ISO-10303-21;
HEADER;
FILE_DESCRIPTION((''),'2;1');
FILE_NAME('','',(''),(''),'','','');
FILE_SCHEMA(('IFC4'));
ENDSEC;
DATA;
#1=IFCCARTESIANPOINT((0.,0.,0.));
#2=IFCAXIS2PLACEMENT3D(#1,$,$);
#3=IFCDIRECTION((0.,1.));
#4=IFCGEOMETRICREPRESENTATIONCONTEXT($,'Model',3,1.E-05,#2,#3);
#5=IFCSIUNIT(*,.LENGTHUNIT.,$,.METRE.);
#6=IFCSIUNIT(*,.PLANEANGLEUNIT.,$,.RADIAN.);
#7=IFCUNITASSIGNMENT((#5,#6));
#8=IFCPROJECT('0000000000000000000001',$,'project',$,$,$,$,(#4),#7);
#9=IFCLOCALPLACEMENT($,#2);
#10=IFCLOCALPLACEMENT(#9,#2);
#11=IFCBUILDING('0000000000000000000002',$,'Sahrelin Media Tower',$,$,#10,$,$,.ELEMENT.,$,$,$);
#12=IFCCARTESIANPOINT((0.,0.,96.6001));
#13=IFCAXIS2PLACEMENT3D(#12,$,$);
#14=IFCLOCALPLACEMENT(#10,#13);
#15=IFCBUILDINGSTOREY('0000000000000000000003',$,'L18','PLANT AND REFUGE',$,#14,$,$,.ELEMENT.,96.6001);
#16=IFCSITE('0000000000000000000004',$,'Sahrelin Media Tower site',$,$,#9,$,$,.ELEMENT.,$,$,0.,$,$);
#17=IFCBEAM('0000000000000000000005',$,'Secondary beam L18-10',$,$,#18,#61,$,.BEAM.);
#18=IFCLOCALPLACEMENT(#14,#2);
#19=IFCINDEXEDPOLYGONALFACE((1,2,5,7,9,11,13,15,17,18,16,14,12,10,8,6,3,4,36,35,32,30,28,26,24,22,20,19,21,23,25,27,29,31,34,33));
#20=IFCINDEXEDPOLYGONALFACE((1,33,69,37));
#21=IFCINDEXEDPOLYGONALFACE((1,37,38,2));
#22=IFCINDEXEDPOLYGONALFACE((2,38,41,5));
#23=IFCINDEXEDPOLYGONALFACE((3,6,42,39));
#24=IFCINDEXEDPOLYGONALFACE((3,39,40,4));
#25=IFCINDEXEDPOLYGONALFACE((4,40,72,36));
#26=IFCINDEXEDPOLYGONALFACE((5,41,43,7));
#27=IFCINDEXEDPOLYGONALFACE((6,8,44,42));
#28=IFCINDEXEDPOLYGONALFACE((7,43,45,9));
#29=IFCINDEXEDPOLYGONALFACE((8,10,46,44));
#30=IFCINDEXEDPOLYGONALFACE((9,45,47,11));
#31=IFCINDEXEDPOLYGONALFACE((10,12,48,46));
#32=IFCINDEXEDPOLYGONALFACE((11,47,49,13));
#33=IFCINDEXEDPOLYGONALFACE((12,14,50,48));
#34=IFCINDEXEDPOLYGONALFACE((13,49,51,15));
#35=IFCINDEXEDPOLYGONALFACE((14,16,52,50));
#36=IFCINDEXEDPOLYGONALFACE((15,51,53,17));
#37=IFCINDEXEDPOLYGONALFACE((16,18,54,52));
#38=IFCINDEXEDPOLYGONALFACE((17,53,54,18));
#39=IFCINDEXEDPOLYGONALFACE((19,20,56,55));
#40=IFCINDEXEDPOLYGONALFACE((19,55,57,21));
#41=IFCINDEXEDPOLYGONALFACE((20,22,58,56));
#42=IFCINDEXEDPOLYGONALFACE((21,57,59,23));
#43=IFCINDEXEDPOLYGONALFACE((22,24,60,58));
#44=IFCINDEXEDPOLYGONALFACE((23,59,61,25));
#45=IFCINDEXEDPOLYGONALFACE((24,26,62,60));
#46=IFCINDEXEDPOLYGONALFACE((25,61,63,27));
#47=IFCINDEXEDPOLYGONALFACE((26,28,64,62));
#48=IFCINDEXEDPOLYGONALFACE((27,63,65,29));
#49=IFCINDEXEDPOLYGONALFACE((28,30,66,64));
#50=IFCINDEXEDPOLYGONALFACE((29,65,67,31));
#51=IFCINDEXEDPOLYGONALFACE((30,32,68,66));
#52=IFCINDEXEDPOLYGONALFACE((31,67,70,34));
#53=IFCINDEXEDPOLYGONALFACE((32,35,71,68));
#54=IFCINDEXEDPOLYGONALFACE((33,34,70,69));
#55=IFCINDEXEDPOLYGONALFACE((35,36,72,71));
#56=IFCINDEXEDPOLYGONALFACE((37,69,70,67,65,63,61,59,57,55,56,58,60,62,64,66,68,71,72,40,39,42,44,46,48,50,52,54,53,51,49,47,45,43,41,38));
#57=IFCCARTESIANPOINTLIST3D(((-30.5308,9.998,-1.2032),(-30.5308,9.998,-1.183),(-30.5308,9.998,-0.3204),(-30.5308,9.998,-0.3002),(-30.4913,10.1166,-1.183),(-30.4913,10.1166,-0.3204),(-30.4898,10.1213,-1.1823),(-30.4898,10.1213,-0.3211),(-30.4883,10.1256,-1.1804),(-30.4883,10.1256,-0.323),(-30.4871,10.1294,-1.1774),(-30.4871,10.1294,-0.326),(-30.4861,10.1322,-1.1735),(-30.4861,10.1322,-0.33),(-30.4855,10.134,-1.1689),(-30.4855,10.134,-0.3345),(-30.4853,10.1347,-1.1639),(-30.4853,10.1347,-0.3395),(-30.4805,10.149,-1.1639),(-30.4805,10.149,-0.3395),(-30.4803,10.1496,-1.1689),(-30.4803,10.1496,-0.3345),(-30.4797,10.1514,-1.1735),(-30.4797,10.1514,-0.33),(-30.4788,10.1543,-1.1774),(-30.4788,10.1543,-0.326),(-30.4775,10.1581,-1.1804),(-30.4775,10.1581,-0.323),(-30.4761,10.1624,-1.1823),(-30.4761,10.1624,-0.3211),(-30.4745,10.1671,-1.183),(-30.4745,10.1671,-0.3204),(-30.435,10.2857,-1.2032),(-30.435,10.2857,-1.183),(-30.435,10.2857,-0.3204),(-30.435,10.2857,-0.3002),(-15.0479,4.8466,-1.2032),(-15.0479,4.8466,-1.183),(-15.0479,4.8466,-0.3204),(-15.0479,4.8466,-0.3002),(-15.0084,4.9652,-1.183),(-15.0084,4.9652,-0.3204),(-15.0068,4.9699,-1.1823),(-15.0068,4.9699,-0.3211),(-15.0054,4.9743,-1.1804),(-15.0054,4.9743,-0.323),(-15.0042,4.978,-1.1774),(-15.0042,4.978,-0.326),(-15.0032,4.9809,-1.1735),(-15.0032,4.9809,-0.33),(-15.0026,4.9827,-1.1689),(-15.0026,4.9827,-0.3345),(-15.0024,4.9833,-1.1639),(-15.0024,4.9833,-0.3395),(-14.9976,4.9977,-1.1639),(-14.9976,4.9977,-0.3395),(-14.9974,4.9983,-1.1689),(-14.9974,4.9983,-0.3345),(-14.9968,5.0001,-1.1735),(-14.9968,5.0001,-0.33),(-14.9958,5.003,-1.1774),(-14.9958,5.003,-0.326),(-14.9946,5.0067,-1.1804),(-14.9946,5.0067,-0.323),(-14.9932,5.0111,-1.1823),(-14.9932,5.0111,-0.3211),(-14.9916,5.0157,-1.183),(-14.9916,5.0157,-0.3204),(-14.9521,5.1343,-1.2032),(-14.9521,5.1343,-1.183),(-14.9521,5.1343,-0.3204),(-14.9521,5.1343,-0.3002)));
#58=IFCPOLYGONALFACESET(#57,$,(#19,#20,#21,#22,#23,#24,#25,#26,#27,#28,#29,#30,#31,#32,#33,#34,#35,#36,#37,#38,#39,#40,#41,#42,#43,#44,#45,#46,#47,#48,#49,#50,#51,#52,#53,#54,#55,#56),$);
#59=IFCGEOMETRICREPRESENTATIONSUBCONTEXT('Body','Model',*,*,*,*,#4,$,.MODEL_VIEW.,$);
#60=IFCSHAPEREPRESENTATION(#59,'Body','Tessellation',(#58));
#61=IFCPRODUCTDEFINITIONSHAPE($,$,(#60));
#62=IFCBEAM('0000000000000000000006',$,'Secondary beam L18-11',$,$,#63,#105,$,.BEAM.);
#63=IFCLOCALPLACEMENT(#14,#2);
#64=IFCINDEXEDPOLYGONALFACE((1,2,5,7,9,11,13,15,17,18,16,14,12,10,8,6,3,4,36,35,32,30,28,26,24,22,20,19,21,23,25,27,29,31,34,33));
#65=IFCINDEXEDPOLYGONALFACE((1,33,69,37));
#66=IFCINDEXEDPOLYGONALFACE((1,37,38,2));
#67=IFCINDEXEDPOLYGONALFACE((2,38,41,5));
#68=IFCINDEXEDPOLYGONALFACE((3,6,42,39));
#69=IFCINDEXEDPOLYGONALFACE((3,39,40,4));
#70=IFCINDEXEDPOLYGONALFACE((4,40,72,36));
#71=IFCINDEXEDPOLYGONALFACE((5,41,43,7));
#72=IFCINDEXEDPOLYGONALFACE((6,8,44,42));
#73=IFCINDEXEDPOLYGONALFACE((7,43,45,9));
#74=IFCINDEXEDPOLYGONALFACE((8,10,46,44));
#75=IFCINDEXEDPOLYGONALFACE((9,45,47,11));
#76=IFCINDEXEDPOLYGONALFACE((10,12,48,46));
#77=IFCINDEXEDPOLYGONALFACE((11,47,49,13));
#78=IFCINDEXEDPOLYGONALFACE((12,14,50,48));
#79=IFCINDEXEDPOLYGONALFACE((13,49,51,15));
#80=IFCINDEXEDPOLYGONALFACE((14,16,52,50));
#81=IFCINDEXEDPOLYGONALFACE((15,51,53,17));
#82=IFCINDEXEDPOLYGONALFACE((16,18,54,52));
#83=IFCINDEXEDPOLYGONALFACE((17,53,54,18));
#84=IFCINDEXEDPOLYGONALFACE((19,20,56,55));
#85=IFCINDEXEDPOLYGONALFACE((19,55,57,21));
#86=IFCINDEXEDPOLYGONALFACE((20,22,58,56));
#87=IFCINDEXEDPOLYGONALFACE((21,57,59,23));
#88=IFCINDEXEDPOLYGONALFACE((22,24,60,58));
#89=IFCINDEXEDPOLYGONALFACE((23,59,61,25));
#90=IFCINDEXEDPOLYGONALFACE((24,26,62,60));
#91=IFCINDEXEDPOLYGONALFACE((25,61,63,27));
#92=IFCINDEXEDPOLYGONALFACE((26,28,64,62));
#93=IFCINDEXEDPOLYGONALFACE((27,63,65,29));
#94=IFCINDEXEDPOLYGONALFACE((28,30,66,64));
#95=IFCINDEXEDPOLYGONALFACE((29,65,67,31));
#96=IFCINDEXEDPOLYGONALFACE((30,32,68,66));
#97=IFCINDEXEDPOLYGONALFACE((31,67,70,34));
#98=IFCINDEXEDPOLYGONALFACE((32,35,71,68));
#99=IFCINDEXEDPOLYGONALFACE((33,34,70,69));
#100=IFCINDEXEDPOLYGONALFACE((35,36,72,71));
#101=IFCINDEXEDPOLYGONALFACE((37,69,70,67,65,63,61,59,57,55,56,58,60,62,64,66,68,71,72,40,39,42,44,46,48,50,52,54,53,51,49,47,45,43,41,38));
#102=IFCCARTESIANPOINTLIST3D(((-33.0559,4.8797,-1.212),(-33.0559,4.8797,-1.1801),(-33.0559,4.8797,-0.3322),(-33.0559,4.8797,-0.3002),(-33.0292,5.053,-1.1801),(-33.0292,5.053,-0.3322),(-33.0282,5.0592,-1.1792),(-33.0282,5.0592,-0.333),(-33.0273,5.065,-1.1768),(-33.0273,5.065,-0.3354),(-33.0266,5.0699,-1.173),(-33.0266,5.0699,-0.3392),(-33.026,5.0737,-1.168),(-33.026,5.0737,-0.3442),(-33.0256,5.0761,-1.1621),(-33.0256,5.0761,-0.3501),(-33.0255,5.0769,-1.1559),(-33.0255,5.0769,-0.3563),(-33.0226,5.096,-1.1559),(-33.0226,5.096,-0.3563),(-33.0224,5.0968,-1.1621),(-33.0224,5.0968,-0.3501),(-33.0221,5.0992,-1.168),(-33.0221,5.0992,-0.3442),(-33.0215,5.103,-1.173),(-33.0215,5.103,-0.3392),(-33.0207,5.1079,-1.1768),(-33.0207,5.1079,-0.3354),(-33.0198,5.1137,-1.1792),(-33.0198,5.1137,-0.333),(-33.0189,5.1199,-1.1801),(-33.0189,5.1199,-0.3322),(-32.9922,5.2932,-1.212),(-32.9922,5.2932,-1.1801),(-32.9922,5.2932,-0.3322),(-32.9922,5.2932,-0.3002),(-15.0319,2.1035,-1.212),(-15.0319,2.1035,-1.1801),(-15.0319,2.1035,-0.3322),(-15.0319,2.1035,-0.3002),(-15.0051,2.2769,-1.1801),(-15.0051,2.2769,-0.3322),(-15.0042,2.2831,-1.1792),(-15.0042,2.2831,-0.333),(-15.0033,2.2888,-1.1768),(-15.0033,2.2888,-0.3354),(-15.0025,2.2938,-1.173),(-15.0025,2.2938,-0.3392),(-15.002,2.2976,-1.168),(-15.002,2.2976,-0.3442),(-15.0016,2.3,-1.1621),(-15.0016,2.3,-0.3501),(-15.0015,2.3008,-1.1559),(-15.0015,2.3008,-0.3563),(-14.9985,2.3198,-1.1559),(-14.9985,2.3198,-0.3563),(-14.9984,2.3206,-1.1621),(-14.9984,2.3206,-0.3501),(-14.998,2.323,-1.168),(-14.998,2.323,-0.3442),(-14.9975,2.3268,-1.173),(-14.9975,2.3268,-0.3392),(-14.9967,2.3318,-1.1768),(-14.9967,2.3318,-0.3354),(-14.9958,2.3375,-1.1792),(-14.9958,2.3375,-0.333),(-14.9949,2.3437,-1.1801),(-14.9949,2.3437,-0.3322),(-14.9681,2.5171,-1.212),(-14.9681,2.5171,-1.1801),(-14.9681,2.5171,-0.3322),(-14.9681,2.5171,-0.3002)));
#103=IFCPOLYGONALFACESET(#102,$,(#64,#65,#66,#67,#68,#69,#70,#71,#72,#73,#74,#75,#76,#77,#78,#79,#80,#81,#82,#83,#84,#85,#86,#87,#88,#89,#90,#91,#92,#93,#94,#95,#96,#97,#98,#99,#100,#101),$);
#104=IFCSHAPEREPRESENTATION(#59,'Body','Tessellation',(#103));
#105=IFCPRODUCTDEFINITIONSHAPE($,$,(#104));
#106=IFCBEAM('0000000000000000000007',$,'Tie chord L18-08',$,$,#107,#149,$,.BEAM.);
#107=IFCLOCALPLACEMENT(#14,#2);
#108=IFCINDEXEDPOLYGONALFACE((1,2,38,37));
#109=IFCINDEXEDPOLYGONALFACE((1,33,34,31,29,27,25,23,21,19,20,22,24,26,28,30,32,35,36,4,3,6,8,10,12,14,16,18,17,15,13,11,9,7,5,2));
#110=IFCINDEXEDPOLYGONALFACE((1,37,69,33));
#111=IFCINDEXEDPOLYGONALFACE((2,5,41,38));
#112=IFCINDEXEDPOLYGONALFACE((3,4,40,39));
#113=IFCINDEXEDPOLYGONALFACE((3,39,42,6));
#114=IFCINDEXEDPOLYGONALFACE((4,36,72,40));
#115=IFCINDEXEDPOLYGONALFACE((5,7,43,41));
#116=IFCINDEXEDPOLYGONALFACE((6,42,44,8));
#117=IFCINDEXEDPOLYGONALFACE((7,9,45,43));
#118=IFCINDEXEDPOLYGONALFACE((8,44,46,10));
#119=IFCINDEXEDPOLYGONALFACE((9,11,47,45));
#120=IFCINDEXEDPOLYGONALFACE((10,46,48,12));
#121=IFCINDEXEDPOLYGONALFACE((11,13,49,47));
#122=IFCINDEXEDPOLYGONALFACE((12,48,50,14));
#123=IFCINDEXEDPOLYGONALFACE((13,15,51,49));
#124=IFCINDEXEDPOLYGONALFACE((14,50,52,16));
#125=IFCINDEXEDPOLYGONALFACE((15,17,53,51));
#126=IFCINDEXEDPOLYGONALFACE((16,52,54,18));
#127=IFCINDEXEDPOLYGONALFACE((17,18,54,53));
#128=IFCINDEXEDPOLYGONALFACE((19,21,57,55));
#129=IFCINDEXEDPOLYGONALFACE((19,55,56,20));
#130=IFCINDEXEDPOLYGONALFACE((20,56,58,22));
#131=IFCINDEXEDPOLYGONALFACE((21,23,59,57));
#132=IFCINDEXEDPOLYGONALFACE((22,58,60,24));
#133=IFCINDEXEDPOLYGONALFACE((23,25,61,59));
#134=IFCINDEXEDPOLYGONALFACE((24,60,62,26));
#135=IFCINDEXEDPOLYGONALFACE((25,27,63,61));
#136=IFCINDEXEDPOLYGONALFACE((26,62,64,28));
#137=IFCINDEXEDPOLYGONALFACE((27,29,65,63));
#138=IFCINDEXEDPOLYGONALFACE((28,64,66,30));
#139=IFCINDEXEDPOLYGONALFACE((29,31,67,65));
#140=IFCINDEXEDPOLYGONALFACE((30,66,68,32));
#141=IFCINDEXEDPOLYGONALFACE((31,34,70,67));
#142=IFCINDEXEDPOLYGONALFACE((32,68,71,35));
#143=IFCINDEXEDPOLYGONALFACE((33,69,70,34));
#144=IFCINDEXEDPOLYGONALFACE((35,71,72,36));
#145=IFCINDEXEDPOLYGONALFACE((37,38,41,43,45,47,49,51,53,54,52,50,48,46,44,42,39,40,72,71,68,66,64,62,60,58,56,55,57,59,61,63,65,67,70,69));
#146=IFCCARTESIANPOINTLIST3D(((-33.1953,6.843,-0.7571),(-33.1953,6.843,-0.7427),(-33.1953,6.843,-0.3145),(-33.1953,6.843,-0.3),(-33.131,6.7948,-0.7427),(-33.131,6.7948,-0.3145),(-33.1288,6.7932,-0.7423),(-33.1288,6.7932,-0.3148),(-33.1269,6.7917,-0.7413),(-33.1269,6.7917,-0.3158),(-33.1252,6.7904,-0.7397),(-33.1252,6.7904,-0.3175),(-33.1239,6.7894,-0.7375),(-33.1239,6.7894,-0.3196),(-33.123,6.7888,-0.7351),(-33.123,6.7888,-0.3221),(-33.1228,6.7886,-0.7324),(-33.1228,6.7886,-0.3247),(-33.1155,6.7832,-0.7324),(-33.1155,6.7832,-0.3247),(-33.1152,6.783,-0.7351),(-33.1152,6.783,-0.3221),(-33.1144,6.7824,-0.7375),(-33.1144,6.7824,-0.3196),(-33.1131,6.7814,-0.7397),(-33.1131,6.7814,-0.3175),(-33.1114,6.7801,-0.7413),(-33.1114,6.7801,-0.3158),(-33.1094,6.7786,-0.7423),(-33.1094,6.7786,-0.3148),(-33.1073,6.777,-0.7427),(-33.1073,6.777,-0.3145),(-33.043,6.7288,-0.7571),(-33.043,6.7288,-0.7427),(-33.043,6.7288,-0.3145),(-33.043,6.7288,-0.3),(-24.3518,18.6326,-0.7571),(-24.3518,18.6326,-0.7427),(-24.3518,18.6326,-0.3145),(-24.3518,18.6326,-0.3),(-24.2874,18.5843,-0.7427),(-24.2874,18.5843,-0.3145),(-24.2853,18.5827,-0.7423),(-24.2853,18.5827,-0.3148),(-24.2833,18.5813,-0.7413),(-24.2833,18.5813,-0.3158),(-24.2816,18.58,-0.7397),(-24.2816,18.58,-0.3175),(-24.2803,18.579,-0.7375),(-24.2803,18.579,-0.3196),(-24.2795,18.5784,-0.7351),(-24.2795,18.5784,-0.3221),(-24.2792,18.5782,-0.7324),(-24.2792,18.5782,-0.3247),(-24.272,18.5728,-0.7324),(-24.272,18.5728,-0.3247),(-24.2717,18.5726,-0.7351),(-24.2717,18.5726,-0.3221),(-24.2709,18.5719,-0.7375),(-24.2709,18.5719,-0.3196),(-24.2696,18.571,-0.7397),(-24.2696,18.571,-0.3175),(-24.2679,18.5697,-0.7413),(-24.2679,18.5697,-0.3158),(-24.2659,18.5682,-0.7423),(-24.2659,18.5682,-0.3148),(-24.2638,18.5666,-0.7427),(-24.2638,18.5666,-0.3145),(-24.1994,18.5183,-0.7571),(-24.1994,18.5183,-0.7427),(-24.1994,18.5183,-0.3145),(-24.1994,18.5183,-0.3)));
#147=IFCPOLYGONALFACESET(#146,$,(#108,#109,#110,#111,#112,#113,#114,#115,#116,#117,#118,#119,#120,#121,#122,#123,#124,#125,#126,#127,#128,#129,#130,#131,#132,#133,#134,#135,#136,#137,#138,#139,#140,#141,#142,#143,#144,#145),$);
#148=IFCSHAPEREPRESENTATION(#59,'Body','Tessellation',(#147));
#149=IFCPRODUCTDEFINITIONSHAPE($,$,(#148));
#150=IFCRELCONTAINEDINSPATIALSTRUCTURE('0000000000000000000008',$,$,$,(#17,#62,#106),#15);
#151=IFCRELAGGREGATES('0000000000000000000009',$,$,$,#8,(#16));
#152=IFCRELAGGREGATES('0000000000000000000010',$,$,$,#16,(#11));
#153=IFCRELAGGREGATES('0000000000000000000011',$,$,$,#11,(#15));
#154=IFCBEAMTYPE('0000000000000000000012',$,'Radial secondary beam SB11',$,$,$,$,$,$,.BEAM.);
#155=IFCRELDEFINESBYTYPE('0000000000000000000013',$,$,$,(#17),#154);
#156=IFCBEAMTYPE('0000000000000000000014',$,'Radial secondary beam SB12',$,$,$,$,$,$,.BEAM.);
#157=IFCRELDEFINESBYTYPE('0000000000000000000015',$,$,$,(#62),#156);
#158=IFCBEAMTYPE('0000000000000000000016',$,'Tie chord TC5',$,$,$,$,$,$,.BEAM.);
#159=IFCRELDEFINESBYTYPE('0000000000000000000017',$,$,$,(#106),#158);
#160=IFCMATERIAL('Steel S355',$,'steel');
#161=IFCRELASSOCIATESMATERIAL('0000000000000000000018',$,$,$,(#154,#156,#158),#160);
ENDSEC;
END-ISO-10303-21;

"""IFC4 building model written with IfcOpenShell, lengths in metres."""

from ifc_helpers import new_model, si_unit, direction, frame, origin, origin_2d, place, context, subcontext, project, spatial, i_section, extrude, material, material_profile, profile_set, type_object, element, save


model = new_model("IFC4")

# Units and contexts
model_context = context("Model", 3, precision=1e-05, world=origin(), true_north=direction((0.0, 1.0)))
body_context = subcontext(model_context, "Body", "Model", "MODEL_VIEW")
ifc_project = project(units=[si_unit("LENGTHUNIT", "METRE"), si_unit("PLANEANGLEUNIT", "RADIAN")], contexts=[model_context])

# Site, building, storey
site_placement = place(None, origin())
site = spatial("IfcSite", under=ifc_project, at=site_placement, Name="Sahrelin Media Tower site", CompositionType="ELEMENT", RefElevation=0.0)
building_placement = place(site_placement, origin())
building = spatial("IfcBuilding", under=site, at=building_placement, Name="Sahrelin Media Tower", CompositionType="ELEMENT")
storey_placement = place(building_placement, frame((0.0, 0.0, 96.6001)))
storey = spatial("IfcBuildingStorey", under=building, at=storey_placement, Name="L18", Description="PLANT AND REFUGE", CompositionType="ELEMENT", Elevation=96.6001)

# Beams
ifc_material_1 = material(Name="Steel S355", Category="steel")
ifc_material_profile_1 = material_profile(ifc_material_1, i_section(OverallWidth=0.3032, OverallDepth=0.9031, WebThickness=0.0151, FlangeThickness=0.0203, FilletRadius=0.019, at=origin_2d()), Name="UB 914x305x201")
ifc_profile_set_1 = profile_set([ifc_material_profile_1], Name="Steel S355")
beam_type_1 = type_object("IfcBeamType", Name="Radial secondary beam SB11", PredefinedType="BEAM", material=ifc_profile_set_1)
beam_1_placement = place(storey_placement, frame((-15.0, 4.9905, -0.7517), z_axis=(-0.94886, 0.315698, 0.0), x_axis=(-0.315698, -0.94886, 0.0)))
element("IfcBeam", 1, at=beam_1_placement, inside=storey, type_object=beam_type_1, Name="Secondary beam L18-10", PredefinedType="BEAM", context=body_context, shape_type="SweptSolid", body=[
    extrude(i_section(OverallWidth=0.3032, OverallDepth=0.9031, WebThickness=0.0151, FlangeThickness=0.0203, FilletRadius=0.019, at=origin_2d()), origin(), (0.0, 0.0, 1.0), 16.3174),
])
ifc_material_profile_2 = material_profile(ifc_material_1, i_section(OverallWidth=0.4185, OverallDepth=0.9119, WebThickness=0.0193, FlangeThickness=0.032, FilletRadius=0.0242, at=origin_2d()), Name="UB 914x419x343")
ifc_profile_set_2 = profile_set([ifc_material_profile_2], Name="Steel S355")
beam_type_2 = type_object("IfcBeamType", Name="Radial secondary beam SB12", PredefinedType="BEAM", material=ifc_profile_set_2)
beam_2_placement = place(storey_placement, frame((-15.0, 2.3103, -0.7561), z_axis=(-0.988345, 0.152229, 0.0), x_axis=(-0.152229, -0.988345, 0.0)))
element("IfcBeam", 2, at=beam_2_placement, inside=storey, type_object=beam_type_2, Name="Secondary beam L18-11", PredefinedType="BEAM", context=body_context, shape_type="SweptSolid", body=[
    extrude(i_section(OverallWidth=0.4185, OverallDepth=0.9119, WebThickness=0.0193, FlangeThickness=0.032, FilletRadius=0.0242, at=origin_2d()), origin(), (0.0, 0.0, 1.0), 18.2366),
])
ifc_material_profile_3 = material_profile(ifc_material_1, i_section(OverallWidth=0.1904, OverallDepth=0.457, WebThickness=0.009, FlangeThickness=0.0144, FilletRadius=0.0103, at=origin_2d()), Name="UB 457x191x74")
ifc_profile_set_3 = profile_set([ifc_material_profile_3], Name="Steel S355")
beam_type_3 = type_object("IfcBeamType", Name="Tie chord TC5", PredefinedType="BEAM", material=ifc_profile_set_3)
beam_3_placement = place(storey_placement, frame((-33.1191, 6.7859, -0.5286), z_axis=(0.600058, 0.799956, 0.0), x_axis=(-0.799956, 0.600058, 0.0)))
element("IfcBeam", 3, at=beam_3_placement, inside=storey, type_object=beam_type_3, Name="Tie chord L18-08", PredefinedType="BEAM", context=body_context, shape_type="SweptSolid", body=[
    extrude(i_section(OverallWidth=0.1904, OverallDepth=0.457, WebThickness=0.009, FlangeThickness=0.0144, FilletRadius=0.0103, at=origin_2d()), origin(), (0.0, 0.0, 1.0), 14.7378),
])

save(model, "model.ifc")
